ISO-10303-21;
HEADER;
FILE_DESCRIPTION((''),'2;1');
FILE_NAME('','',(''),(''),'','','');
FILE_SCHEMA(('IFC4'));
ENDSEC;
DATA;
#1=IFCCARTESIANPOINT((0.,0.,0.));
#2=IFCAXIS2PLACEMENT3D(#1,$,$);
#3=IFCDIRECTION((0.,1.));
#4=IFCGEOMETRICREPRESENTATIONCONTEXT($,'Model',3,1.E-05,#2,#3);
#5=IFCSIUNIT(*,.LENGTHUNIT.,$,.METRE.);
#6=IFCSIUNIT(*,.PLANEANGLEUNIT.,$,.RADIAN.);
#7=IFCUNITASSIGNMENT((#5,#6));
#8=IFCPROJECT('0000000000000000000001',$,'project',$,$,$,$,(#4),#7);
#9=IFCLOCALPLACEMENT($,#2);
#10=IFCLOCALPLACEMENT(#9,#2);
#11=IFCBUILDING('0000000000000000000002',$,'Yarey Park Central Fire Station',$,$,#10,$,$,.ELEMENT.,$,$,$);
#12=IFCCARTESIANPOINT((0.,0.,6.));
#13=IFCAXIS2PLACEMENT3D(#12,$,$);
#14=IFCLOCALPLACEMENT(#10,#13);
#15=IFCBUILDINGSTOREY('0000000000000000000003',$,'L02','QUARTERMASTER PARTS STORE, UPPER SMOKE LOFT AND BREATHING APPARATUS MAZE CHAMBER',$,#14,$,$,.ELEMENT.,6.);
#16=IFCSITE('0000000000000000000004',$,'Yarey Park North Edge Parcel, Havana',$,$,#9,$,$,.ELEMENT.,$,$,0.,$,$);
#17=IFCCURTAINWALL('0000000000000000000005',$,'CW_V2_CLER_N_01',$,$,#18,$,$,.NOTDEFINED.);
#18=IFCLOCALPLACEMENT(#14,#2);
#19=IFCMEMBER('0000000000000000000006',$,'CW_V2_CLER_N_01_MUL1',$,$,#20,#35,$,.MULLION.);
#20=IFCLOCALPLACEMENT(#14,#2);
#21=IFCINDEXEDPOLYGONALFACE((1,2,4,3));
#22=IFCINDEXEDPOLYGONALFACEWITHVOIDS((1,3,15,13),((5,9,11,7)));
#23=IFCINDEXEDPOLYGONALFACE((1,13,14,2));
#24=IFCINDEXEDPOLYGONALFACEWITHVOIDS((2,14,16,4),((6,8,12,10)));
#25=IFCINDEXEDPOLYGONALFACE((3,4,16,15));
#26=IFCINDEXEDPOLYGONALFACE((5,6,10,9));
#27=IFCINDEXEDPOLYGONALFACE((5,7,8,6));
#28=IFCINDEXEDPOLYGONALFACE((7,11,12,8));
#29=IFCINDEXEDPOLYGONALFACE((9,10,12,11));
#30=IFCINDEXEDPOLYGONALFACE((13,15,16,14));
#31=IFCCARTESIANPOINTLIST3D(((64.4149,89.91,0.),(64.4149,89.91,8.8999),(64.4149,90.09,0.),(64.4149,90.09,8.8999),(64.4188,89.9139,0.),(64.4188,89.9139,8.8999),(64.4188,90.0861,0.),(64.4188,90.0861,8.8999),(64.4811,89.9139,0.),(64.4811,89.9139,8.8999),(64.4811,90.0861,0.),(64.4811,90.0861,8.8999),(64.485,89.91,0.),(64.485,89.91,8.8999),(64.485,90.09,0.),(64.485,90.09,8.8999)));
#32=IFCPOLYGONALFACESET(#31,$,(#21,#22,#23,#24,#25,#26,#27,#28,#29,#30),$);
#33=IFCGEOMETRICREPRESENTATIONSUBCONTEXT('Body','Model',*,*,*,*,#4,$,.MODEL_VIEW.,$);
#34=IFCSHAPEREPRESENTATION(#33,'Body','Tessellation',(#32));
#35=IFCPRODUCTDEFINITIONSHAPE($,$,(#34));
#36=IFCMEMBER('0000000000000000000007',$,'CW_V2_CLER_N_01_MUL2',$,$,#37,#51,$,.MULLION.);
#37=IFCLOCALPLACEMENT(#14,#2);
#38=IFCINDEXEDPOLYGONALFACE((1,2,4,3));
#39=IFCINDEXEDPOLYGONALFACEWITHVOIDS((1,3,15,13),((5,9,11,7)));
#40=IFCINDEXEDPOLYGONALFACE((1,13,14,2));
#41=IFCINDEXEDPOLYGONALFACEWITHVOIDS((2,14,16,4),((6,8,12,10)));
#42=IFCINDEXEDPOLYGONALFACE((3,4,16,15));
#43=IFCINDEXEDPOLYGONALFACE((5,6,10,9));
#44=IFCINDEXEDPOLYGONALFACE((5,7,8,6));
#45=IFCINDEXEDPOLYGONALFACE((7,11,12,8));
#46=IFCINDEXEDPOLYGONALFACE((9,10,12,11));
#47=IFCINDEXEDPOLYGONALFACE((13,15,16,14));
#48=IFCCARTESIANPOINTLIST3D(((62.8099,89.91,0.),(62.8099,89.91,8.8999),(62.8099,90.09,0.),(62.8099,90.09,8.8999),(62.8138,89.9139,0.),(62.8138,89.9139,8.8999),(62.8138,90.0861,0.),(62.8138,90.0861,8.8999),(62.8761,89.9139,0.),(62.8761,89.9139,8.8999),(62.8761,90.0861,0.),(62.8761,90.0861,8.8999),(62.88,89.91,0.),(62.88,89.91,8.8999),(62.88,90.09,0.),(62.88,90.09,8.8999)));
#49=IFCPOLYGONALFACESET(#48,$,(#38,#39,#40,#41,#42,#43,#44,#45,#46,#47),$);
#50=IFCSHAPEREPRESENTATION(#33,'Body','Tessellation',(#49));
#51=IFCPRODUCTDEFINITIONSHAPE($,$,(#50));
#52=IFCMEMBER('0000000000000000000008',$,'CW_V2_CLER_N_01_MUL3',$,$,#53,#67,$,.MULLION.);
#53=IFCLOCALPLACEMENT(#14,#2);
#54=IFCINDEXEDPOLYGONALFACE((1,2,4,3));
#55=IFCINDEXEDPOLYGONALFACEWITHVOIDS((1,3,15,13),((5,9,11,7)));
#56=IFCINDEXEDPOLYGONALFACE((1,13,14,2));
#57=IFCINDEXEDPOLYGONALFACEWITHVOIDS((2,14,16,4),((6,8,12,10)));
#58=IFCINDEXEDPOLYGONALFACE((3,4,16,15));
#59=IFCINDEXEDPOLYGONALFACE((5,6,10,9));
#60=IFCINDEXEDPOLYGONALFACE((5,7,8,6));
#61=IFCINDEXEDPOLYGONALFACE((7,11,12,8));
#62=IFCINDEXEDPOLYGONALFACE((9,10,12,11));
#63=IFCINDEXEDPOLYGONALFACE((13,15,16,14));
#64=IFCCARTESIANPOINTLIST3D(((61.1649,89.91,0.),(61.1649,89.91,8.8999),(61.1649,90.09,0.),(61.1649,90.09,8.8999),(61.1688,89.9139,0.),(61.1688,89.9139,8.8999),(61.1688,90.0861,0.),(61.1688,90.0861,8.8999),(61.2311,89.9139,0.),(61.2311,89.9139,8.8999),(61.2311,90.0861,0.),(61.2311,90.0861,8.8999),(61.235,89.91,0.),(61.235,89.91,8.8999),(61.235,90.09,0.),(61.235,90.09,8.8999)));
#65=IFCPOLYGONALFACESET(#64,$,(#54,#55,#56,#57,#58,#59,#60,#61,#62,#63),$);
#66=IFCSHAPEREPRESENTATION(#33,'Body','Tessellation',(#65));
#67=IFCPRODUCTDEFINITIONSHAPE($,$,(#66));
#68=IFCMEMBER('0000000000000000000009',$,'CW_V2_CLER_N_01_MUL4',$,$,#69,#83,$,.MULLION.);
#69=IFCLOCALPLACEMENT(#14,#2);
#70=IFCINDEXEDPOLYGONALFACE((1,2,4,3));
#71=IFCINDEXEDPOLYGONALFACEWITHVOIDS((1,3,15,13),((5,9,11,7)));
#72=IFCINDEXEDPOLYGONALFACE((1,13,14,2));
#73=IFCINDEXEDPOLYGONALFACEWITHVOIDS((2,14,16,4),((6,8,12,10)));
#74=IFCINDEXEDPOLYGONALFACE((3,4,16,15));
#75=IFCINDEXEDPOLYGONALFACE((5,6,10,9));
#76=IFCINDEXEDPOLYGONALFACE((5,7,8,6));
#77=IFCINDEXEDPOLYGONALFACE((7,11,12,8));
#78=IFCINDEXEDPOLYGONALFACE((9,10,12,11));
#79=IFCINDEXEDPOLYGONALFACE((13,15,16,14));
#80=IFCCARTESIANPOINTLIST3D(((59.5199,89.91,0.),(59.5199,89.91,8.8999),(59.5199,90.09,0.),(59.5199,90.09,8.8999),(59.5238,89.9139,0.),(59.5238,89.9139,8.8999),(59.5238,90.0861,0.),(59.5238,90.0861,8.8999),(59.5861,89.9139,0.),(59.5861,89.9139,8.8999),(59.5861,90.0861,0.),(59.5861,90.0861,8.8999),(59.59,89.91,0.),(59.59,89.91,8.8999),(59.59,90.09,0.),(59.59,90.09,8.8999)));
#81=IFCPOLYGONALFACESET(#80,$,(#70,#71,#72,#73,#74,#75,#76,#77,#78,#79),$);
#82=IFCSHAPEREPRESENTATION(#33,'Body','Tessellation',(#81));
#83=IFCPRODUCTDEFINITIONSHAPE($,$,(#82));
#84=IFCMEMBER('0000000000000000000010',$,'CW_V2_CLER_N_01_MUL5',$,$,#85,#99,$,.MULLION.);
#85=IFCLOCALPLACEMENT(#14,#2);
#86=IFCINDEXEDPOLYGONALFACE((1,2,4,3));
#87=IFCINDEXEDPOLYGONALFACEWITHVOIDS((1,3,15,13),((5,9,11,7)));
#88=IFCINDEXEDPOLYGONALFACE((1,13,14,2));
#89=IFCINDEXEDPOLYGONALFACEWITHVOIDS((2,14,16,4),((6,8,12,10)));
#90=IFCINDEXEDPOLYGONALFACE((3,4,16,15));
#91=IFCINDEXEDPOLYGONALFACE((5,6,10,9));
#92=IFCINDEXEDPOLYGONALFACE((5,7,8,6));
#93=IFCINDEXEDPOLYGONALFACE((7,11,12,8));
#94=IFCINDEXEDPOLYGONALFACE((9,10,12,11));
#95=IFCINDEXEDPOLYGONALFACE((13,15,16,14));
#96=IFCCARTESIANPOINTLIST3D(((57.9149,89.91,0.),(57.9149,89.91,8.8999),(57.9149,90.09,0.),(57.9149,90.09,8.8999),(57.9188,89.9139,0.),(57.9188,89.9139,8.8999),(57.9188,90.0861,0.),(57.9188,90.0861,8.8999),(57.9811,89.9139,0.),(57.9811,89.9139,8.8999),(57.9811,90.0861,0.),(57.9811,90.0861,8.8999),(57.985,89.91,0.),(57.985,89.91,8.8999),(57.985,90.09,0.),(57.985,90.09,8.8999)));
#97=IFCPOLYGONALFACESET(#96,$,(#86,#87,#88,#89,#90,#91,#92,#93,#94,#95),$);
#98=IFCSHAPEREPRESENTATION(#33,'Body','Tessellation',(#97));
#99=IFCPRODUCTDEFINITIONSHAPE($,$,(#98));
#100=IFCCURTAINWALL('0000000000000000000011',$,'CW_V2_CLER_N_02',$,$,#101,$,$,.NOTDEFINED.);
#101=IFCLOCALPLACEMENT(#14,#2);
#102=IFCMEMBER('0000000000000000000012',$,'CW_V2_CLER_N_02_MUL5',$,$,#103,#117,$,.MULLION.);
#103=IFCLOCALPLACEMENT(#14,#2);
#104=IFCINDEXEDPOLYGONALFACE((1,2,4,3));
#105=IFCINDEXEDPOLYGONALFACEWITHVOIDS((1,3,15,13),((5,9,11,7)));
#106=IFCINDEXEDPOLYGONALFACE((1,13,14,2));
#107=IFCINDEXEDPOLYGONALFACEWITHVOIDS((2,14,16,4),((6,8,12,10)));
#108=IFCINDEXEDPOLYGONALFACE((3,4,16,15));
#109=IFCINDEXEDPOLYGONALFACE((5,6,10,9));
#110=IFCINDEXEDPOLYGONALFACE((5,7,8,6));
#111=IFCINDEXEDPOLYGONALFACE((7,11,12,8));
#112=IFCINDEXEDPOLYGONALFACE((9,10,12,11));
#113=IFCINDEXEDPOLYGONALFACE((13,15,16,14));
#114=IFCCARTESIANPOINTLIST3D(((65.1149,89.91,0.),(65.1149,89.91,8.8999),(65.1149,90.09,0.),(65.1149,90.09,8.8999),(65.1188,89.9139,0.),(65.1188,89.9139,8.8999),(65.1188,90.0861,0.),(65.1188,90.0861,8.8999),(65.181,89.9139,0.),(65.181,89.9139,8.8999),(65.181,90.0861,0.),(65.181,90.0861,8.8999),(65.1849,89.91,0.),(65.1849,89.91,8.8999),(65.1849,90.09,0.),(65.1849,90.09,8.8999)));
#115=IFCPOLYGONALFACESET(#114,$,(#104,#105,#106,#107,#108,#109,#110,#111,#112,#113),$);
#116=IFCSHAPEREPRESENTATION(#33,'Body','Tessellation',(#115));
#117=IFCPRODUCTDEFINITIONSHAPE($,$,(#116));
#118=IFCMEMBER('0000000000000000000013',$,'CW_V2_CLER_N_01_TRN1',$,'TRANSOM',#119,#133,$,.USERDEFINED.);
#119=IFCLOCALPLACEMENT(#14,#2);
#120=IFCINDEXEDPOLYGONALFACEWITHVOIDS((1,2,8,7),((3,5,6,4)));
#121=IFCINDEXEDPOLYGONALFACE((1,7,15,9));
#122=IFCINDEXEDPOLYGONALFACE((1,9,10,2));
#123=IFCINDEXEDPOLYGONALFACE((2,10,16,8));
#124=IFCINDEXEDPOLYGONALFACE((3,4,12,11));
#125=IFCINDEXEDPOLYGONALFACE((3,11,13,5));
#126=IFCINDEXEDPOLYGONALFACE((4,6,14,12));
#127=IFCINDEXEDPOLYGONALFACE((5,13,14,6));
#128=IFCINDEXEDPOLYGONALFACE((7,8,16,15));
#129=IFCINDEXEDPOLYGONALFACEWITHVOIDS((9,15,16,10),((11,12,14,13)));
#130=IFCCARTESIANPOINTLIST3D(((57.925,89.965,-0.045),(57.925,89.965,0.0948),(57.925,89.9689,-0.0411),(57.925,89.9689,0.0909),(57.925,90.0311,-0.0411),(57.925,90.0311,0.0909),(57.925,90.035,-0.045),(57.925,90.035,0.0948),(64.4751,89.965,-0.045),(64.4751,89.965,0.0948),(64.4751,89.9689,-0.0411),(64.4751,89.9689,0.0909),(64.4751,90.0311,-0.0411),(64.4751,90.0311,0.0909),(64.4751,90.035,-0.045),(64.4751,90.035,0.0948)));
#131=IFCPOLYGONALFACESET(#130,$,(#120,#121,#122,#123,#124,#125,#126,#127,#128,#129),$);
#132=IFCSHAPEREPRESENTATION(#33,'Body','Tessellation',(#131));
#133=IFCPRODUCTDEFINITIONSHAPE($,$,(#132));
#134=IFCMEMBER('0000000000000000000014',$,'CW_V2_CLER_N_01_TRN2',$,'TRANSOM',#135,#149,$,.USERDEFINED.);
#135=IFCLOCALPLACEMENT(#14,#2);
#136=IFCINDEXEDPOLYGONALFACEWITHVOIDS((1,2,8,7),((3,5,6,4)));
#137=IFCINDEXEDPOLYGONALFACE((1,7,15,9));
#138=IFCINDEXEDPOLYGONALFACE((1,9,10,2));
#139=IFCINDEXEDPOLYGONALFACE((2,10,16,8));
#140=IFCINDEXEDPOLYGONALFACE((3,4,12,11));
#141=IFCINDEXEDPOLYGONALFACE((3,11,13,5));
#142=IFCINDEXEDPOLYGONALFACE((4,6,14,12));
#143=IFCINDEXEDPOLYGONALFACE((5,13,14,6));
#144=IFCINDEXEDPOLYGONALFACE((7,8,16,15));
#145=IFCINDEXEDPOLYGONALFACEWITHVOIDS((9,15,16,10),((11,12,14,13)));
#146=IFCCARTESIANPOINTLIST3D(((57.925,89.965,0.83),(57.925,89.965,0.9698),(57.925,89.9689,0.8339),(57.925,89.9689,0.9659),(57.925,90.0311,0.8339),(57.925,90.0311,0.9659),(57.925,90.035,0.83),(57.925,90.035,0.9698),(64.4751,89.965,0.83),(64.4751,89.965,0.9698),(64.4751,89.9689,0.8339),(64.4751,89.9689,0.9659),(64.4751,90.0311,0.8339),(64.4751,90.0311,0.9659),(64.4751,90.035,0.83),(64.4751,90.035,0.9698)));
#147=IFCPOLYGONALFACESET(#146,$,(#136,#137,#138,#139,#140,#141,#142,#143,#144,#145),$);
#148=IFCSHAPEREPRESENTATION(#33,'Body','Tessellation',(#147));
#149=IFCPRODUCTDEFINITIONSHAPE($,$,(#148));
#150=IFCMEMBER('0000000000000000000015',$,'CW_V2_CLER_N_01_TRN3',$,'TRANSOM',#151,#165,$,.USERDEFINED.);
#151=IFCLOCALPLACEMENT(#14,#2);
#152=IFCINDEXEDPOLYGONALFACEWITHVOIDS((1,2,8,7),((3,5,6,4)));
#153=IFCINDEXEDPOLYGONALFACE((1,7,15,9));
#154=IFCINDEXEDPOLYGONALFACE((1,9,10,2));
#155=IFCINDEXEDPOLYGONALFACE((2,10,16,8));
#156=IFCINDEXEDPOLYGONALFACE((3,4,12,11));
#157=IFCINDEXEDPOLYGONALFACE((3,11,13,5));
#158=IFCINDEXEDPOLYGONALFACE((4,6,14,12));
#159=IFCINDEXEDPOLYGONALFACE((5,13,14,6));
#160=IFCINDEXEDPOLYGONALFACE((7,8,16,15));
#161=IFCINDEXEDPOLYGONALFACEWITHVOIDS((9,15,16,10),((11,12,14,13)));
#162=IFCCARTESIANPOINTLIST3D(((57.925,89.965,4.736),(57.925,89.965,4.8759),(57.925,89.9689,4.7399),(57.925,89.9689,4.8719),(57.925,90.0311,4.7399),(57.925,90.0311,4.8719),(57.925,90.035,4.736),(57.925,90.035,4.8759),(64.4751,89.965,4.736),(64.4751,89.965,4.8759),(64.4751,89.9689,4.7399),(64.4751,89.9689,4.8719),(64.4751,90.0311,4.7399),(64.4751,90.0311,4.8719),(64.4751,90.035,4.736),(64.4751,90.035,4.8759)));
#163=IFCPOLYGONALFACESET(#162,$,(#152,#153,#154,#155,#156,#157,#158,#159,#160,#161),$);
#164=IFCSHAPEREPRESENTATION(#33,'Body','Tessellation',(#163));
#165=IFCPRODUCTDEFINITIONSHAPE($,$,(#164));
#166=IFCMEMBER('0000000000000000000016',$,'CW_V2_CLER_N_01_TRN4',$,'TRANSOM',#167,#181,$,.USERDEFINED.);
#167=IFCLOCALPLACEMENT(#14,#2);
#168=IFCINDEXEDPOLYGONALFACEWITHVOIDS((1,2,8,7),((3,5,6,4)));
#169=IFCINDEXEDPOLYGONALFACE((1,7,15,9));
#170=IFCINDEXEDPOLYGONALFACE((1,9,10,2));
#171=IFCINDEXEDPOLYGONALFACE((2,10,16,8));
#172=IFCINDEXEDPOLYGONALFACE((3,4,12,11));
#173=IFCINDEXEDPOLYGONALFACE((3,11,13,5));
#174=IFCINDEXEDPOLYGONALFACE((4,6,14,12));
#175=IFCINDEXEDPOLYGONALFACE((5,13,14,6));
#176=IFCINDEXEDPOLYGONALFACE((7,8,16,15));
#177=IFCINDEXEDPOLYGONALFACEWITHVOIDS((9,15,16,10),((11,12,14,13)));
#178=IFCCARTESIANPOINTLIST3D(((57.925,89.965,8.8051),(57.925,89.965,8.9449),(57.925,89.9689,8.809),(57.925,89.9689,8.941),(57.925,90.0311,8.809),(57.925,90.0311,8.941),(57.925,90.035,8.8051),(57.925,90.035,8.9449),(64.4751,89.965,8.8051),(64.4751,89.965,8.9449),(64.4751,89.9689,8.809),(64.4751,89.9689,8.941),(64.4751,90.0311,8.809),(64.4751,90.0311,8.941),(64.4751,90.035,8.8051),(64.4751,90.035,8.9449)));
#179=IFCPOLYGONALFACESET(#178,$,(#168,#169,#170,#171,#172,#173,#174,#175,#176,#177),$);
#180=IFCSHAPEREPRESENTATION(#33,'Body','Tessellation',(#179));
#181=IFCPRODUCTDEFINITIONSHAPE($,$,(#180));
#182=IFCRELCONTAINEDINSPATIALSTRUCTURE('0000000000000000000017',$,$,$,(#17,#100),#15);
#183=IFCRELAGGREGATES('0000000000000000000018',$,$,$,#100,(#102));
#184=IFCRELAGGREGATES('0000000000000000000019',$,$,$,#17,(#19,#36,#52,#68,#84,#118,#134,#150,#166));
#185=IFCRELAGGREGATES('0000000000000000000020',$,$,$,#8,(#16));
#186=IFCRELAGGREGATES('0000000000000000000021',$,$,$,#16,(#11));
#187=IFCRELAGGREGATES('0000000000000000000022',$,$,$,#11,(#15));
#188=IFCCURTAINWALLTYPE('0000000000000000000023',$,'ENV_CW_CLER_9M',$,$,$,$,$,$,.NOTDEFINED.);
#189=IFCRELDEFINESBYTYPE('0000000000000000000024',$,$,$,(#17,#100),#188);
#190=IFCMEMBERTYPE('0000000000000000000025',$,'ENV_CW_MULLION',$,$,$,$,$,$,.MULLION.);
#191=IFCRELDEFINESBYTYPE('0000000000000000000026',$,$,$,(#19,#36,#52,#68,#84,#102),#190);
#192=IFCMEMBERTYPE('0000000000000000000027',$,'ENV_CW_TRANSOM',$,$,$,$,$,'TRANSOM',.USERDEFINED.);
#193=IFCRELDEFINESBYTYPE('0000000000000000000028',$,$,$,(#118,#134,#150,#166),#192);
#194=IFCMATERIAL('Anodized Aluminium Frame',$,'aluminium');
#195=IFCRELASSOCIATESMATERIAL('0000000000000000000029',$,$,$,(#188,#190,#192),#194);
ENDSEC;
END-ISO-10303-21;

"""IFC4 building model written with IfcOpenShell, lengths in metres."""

from ifc_helpers import new_model, si_unit, direction, frame, origin, origin_2d, place, context, subcontext, project, spatial, hollow_rectangle, extrude, material, material_profile, profile_set, type_object, element, aggregate, save


model = new_model("IFC4")

# Units and contexts
model_context = context("Model", 3, precision=1e-05, world=origin(), true_north=direction((0.0, 1.0)))
body_context = subcontext(model_context, "Body", "Model", "MODEL_VIEW")
ifc_project = project(units=[si_unit("LENGTHUNIT", "METRE"), si_unit("PLANEANGLEUNIT", "RADIAN")], contexts=[model_context])

# Site, building, storey
site_placement = place(None, origin())
site = spatial("IfcSite", under=ifc_project, at=site_placement, Name="Yarey Park North Edge Parcel, Havana", CompositionType="ELEMENT", RefElevation=0.0)
building_placement = place(site_placement, origin())
building = spatial("IfcBuilding", under=site, at=building_placement, Name="Yarey Park Central Fire Station", CompositionType="ELEMENT")
storey_placement = place(building_placement, frame((0.0, 0.0, 6.0)))
storey = spatial("IfcBuildingStorey", under=building, at=storey_placement, Name="L02", Description="QUARTERMASTER PARTS STORE, UPPER SMOKE LOFT AND BREATHING APPARATUS MAZE CHAMBER", CompositionType="ELEMENT", Elevation=6.0)

# Curtain wall, members
ifc_material_1 = material(Name="Anodized Aluminium Frame", Category="aluminium")
curtain_wall_type = type_object("IfcCurtainWallType", Name="ENV_CW_CLER_9M", PredefinedType="NOTDEFINED", material=ifc_material_1)
curtain_wall_1_placement = place(storey_placement, origin())
curtain_wall_1 = element("IfcCurtainWall", 1, at=curtain_wall_1_placement, inside=storey, type_object=curtain_wall_type, Name="CW_V2_CLER_N_01", PredefinedType="NOTDEFINED")
ifc_material_profile_1 = material_profile(ifc_material_1, hollow_rectangle(XDim=0.0701, YDim=0.1799, WallThickness=0.0039, at=origin_2d()), Name="ALU 180x70x4")
ifc_profile_set_1 = profile_set([ifc_material_profile_1], Name="Anodized Aluminium Frame")
member_type_1 = type_object("IfcMemberType", Name="ENV_CW_MULLION", PredefinedType="MULLION", material=ifc_profile_set_1)
member_1_placement = place(storey_placement, frame((64.45, 90.0, 0.0), z_axis=(0.0, 0.0, 1.0), x_axis=(1.0, 0.0, 0.0)))
member_1 = element("IfcMember", 2, at=member_1_placement, type_object=member_type_1, Name="CW_V2_CLER_N_01_MUL1", PredefinedType="MULLION", context=body_context, shape_type="SweptSolid", body=[
    extrude(hollow_rectangle(XDim=0.0701, YDim=0.1799, WallThickness=0.0039, at=origin_2d()), origin(), (0.0, 0.0, 1.0), 8.8999),
])
member_2_placement = place(storey_placement, frame((62.845, 90.0, 0.0), z_axis=(0.0, 0.0, 1.0), x_axis=(1.0, 0.0, 0.0)))
member_2 = element("IfcMember", 3, at=member_2_placement, type_object=member_type_1, Name="CW_V2_CLER_N_01_MUL2", PredefinedType="MULLION", context=body_context, shape_type="SweptSolid", body=[
    extrude(hollow_rectangle(XDim=0.0701, YDim=0.1799, WallThickness=0.0039, at=origin_2d()), origin(), (0.0, 0.0, 1.0), 8.8999),
])
member_3_placement = place(storey_placement, frame((61.2, 90.0, 0.0), z_axis=(0.0, 0.0, 1.0), x_axis=(1.0, 0.0, 0.0)))
member_3 = element("IfcMember", 4, at=member_3_placement, type_object=member_type_1, Name="CW_V2_CLER_N_01_MUL3", PredefinedType="MULLION", context=body_context, shape_type="SweptSolid", body=[
    extrude(hollow_rectangle(XDim=0.0701, YDim=0.1799, WallThickness=0.0039, at=origin_2d()), origin(), (0.0, 0.0, 1.0), 8.8999),
])
member_4_placement = place(storey_placement, frame((59.5549, 90.0, 0.0), z_axis=(0.0, 0.0, 1.0), x_axis=(1.0, 0.0, 0.0)))
member_4 = element("IfcMember", 5, at=member_4_placement, type_object=member_type_1, Name="CW_V2_CLER_N_01_MUL4", PredefinedType="MULLION", context=body_context, shape_type="SweptSolid", body=[
    extrude(hollow_rectangle(XDim=0.0701, YDim=0.1799, WallThickness=0.0039, at=origin_2d()), origin(), (0.0, 0.0, 1.0), 8.8999),
])
member_5_placement = place(storey_placement, frame((57.95, 90.0, 0.0), z_axis=(0.0, 0.0, 1.0), x_axis=(1.0, 0.0, 0.0)))
member_5 = element("IfcMember", 6, at=member_5_placement, type_object=member_type_1, Name="CW_V2_CLER_N_01_MUL5", PredefinedType="MULLION", context=body_context, shape_type="SweptSolid", body=[
    extrude(hollow_rectangle(XDim=0.0701, YDim=0.1799, WallThickness=0.0039, at=origin_2d()), origin(), (0.0, 0.0, 1.0), 8.8999),
])

# Curtain wall, member
curtain_wall_2_placement = place(storey_placement, origin())
curtain_wall_2 = element("IfcCurtainWall", 7, at=curtain_wall_2_placement, inside=storey, type_object=curtain_wall_type, Name="CW_V2_CLER_N_02", PredefinedType="NOTDEFINED")
member_6_placement = place(storey_placement, frame((65.1499, 90.0, 0.0), z_axis=(0.0, 0.0, 1.0), x_axis=(1.0, 0.0, 0.0)))
member_6 = element("IfcMember", 8, at=member_6_placement, type_object=member_type_1, Name="CW_V2_CLER_N_02_MUL5", PredefinedType="MULLION", context=body_context, shape_type="SweptSolid", body=[
    extrude(hollow_rectangle(XDim=0.0701, YDim=0.1799, WallThickness=0.0039, at=origin_2d()), origin(), (0.0, 0.0, 1.0), 8.8999),
])
aggregate(curtain_wall_2, [member_6])

# Members
ifc_material_profile_2 = material_profile(ifc_material_1, hollow_rectangle(XDim=0.0701, YDim=0.1399, WallThickness=0.0039, at=origin_2d()), Name="ALU 140x70x4")
ifc_profile_set_2 = profile_set([ifc_material_profile_2], Name="Anodized Aluminium Frame")
member_type_2 = type_object("IfcMemberType", Name="ENV_CW_TRANSOM", ElementType="TRANSOM", PredefinedType="USERDEFINED", material=ifc_profile_set_2)
member_7_placement = place(storey_placement, frame((64.4751, 90.0, 0.0249), z_axis=(-1.0, 0.0, 0.0), x_axis=(0.0, -1.0, 0.0)))
member_7 = element("IfcMember", 9, at=member_7_placement, type_object=member_type_2, Name="CW_V2_CLER_N_01_TRN1", ObjectType="TRANSOM", PredefinedType="USERDEFINED", context=body_context, shape_type="SweptSolid", body=[
    extrude(hollow_rectangle(XDim=0.0701, YDim=0.1399, WallThickness=0.0039, at=origin_2d()), origin(), (0.0, 0.0, 1.0), 6.55),
])
member_8_placement = place(storey_placement, frame((64.4751, 90.0, 0.8999), z_axis=(-1.0, 0.0, 0.0), x_axis=(0.0, -1.0, 0.0)))
member_8 = element("IfcMember", 10, at=member_8_placement, type_object=member_type_2, Name="CW_V2_CLER_N_01_TRN2", ObjectType="TRANSOM", PredefinedType="USERDEFINED", context=body_context, shape_type="SweptSolid", body=[
    extrude(hollow_rectangle(XDim=0.0701, YDim=0.1399, WallThickness=0.0039, at=origin_2d()), origin(), (0.0, 0.0, 1.0), 6.55),
])
member_9_placement = place(storey_placement, frame((64.4751, 90.0, 4.8059), z_axis=(-1.0, 0.0, 0.0), x_axis=(0.0, -1.0, 0.0)))
member_9 = element("IfcMember", 11, at=member_9_placement, type_object=member_type_2, Name="CW_V2_CLER_N_01_TRN3", ObjectType="TRANSOM", PredefinedType="USERDEFINED", context=body_context, shape_type="SweptSolid", body=[
    extrude(hollow_rectangle(XDim=0.0701, YDim=0.1399, WallThickness=0.0039, at=origin_2d()), origin(), (0.0, 0.0, 1.0), 6.55),
])
member_10_placement = place(storey_placement, frame((64.4751, 90.0, 8.875), z_axis=(-1.0, 0.0, 0.0), x_axis=(0.0, -1.0, 0.0)))
member_10 = element("IfcMember", 12, at=member_10_placement, type_object=member_type_2, Name="CW_V2_CLER_N_01_TRN4", ObjectType="TRANSOM", PredefinedType="USERDEFINED", context=body_context, shape_type="SweptSolid", body=[
    extrude(hollow_rectangle(XDim=0.0701, YDim=0.1399, WallThickness=0.0039, at=origin_2d()), origin(), (0.0, 0.0, 1.0), 6.55),
])

aggregate(curtain_wall_1, [member_1, member_2, member_3, member_4, member_5, member_7, member_8, member_9, member_10])

save(model, "model.ifc")
